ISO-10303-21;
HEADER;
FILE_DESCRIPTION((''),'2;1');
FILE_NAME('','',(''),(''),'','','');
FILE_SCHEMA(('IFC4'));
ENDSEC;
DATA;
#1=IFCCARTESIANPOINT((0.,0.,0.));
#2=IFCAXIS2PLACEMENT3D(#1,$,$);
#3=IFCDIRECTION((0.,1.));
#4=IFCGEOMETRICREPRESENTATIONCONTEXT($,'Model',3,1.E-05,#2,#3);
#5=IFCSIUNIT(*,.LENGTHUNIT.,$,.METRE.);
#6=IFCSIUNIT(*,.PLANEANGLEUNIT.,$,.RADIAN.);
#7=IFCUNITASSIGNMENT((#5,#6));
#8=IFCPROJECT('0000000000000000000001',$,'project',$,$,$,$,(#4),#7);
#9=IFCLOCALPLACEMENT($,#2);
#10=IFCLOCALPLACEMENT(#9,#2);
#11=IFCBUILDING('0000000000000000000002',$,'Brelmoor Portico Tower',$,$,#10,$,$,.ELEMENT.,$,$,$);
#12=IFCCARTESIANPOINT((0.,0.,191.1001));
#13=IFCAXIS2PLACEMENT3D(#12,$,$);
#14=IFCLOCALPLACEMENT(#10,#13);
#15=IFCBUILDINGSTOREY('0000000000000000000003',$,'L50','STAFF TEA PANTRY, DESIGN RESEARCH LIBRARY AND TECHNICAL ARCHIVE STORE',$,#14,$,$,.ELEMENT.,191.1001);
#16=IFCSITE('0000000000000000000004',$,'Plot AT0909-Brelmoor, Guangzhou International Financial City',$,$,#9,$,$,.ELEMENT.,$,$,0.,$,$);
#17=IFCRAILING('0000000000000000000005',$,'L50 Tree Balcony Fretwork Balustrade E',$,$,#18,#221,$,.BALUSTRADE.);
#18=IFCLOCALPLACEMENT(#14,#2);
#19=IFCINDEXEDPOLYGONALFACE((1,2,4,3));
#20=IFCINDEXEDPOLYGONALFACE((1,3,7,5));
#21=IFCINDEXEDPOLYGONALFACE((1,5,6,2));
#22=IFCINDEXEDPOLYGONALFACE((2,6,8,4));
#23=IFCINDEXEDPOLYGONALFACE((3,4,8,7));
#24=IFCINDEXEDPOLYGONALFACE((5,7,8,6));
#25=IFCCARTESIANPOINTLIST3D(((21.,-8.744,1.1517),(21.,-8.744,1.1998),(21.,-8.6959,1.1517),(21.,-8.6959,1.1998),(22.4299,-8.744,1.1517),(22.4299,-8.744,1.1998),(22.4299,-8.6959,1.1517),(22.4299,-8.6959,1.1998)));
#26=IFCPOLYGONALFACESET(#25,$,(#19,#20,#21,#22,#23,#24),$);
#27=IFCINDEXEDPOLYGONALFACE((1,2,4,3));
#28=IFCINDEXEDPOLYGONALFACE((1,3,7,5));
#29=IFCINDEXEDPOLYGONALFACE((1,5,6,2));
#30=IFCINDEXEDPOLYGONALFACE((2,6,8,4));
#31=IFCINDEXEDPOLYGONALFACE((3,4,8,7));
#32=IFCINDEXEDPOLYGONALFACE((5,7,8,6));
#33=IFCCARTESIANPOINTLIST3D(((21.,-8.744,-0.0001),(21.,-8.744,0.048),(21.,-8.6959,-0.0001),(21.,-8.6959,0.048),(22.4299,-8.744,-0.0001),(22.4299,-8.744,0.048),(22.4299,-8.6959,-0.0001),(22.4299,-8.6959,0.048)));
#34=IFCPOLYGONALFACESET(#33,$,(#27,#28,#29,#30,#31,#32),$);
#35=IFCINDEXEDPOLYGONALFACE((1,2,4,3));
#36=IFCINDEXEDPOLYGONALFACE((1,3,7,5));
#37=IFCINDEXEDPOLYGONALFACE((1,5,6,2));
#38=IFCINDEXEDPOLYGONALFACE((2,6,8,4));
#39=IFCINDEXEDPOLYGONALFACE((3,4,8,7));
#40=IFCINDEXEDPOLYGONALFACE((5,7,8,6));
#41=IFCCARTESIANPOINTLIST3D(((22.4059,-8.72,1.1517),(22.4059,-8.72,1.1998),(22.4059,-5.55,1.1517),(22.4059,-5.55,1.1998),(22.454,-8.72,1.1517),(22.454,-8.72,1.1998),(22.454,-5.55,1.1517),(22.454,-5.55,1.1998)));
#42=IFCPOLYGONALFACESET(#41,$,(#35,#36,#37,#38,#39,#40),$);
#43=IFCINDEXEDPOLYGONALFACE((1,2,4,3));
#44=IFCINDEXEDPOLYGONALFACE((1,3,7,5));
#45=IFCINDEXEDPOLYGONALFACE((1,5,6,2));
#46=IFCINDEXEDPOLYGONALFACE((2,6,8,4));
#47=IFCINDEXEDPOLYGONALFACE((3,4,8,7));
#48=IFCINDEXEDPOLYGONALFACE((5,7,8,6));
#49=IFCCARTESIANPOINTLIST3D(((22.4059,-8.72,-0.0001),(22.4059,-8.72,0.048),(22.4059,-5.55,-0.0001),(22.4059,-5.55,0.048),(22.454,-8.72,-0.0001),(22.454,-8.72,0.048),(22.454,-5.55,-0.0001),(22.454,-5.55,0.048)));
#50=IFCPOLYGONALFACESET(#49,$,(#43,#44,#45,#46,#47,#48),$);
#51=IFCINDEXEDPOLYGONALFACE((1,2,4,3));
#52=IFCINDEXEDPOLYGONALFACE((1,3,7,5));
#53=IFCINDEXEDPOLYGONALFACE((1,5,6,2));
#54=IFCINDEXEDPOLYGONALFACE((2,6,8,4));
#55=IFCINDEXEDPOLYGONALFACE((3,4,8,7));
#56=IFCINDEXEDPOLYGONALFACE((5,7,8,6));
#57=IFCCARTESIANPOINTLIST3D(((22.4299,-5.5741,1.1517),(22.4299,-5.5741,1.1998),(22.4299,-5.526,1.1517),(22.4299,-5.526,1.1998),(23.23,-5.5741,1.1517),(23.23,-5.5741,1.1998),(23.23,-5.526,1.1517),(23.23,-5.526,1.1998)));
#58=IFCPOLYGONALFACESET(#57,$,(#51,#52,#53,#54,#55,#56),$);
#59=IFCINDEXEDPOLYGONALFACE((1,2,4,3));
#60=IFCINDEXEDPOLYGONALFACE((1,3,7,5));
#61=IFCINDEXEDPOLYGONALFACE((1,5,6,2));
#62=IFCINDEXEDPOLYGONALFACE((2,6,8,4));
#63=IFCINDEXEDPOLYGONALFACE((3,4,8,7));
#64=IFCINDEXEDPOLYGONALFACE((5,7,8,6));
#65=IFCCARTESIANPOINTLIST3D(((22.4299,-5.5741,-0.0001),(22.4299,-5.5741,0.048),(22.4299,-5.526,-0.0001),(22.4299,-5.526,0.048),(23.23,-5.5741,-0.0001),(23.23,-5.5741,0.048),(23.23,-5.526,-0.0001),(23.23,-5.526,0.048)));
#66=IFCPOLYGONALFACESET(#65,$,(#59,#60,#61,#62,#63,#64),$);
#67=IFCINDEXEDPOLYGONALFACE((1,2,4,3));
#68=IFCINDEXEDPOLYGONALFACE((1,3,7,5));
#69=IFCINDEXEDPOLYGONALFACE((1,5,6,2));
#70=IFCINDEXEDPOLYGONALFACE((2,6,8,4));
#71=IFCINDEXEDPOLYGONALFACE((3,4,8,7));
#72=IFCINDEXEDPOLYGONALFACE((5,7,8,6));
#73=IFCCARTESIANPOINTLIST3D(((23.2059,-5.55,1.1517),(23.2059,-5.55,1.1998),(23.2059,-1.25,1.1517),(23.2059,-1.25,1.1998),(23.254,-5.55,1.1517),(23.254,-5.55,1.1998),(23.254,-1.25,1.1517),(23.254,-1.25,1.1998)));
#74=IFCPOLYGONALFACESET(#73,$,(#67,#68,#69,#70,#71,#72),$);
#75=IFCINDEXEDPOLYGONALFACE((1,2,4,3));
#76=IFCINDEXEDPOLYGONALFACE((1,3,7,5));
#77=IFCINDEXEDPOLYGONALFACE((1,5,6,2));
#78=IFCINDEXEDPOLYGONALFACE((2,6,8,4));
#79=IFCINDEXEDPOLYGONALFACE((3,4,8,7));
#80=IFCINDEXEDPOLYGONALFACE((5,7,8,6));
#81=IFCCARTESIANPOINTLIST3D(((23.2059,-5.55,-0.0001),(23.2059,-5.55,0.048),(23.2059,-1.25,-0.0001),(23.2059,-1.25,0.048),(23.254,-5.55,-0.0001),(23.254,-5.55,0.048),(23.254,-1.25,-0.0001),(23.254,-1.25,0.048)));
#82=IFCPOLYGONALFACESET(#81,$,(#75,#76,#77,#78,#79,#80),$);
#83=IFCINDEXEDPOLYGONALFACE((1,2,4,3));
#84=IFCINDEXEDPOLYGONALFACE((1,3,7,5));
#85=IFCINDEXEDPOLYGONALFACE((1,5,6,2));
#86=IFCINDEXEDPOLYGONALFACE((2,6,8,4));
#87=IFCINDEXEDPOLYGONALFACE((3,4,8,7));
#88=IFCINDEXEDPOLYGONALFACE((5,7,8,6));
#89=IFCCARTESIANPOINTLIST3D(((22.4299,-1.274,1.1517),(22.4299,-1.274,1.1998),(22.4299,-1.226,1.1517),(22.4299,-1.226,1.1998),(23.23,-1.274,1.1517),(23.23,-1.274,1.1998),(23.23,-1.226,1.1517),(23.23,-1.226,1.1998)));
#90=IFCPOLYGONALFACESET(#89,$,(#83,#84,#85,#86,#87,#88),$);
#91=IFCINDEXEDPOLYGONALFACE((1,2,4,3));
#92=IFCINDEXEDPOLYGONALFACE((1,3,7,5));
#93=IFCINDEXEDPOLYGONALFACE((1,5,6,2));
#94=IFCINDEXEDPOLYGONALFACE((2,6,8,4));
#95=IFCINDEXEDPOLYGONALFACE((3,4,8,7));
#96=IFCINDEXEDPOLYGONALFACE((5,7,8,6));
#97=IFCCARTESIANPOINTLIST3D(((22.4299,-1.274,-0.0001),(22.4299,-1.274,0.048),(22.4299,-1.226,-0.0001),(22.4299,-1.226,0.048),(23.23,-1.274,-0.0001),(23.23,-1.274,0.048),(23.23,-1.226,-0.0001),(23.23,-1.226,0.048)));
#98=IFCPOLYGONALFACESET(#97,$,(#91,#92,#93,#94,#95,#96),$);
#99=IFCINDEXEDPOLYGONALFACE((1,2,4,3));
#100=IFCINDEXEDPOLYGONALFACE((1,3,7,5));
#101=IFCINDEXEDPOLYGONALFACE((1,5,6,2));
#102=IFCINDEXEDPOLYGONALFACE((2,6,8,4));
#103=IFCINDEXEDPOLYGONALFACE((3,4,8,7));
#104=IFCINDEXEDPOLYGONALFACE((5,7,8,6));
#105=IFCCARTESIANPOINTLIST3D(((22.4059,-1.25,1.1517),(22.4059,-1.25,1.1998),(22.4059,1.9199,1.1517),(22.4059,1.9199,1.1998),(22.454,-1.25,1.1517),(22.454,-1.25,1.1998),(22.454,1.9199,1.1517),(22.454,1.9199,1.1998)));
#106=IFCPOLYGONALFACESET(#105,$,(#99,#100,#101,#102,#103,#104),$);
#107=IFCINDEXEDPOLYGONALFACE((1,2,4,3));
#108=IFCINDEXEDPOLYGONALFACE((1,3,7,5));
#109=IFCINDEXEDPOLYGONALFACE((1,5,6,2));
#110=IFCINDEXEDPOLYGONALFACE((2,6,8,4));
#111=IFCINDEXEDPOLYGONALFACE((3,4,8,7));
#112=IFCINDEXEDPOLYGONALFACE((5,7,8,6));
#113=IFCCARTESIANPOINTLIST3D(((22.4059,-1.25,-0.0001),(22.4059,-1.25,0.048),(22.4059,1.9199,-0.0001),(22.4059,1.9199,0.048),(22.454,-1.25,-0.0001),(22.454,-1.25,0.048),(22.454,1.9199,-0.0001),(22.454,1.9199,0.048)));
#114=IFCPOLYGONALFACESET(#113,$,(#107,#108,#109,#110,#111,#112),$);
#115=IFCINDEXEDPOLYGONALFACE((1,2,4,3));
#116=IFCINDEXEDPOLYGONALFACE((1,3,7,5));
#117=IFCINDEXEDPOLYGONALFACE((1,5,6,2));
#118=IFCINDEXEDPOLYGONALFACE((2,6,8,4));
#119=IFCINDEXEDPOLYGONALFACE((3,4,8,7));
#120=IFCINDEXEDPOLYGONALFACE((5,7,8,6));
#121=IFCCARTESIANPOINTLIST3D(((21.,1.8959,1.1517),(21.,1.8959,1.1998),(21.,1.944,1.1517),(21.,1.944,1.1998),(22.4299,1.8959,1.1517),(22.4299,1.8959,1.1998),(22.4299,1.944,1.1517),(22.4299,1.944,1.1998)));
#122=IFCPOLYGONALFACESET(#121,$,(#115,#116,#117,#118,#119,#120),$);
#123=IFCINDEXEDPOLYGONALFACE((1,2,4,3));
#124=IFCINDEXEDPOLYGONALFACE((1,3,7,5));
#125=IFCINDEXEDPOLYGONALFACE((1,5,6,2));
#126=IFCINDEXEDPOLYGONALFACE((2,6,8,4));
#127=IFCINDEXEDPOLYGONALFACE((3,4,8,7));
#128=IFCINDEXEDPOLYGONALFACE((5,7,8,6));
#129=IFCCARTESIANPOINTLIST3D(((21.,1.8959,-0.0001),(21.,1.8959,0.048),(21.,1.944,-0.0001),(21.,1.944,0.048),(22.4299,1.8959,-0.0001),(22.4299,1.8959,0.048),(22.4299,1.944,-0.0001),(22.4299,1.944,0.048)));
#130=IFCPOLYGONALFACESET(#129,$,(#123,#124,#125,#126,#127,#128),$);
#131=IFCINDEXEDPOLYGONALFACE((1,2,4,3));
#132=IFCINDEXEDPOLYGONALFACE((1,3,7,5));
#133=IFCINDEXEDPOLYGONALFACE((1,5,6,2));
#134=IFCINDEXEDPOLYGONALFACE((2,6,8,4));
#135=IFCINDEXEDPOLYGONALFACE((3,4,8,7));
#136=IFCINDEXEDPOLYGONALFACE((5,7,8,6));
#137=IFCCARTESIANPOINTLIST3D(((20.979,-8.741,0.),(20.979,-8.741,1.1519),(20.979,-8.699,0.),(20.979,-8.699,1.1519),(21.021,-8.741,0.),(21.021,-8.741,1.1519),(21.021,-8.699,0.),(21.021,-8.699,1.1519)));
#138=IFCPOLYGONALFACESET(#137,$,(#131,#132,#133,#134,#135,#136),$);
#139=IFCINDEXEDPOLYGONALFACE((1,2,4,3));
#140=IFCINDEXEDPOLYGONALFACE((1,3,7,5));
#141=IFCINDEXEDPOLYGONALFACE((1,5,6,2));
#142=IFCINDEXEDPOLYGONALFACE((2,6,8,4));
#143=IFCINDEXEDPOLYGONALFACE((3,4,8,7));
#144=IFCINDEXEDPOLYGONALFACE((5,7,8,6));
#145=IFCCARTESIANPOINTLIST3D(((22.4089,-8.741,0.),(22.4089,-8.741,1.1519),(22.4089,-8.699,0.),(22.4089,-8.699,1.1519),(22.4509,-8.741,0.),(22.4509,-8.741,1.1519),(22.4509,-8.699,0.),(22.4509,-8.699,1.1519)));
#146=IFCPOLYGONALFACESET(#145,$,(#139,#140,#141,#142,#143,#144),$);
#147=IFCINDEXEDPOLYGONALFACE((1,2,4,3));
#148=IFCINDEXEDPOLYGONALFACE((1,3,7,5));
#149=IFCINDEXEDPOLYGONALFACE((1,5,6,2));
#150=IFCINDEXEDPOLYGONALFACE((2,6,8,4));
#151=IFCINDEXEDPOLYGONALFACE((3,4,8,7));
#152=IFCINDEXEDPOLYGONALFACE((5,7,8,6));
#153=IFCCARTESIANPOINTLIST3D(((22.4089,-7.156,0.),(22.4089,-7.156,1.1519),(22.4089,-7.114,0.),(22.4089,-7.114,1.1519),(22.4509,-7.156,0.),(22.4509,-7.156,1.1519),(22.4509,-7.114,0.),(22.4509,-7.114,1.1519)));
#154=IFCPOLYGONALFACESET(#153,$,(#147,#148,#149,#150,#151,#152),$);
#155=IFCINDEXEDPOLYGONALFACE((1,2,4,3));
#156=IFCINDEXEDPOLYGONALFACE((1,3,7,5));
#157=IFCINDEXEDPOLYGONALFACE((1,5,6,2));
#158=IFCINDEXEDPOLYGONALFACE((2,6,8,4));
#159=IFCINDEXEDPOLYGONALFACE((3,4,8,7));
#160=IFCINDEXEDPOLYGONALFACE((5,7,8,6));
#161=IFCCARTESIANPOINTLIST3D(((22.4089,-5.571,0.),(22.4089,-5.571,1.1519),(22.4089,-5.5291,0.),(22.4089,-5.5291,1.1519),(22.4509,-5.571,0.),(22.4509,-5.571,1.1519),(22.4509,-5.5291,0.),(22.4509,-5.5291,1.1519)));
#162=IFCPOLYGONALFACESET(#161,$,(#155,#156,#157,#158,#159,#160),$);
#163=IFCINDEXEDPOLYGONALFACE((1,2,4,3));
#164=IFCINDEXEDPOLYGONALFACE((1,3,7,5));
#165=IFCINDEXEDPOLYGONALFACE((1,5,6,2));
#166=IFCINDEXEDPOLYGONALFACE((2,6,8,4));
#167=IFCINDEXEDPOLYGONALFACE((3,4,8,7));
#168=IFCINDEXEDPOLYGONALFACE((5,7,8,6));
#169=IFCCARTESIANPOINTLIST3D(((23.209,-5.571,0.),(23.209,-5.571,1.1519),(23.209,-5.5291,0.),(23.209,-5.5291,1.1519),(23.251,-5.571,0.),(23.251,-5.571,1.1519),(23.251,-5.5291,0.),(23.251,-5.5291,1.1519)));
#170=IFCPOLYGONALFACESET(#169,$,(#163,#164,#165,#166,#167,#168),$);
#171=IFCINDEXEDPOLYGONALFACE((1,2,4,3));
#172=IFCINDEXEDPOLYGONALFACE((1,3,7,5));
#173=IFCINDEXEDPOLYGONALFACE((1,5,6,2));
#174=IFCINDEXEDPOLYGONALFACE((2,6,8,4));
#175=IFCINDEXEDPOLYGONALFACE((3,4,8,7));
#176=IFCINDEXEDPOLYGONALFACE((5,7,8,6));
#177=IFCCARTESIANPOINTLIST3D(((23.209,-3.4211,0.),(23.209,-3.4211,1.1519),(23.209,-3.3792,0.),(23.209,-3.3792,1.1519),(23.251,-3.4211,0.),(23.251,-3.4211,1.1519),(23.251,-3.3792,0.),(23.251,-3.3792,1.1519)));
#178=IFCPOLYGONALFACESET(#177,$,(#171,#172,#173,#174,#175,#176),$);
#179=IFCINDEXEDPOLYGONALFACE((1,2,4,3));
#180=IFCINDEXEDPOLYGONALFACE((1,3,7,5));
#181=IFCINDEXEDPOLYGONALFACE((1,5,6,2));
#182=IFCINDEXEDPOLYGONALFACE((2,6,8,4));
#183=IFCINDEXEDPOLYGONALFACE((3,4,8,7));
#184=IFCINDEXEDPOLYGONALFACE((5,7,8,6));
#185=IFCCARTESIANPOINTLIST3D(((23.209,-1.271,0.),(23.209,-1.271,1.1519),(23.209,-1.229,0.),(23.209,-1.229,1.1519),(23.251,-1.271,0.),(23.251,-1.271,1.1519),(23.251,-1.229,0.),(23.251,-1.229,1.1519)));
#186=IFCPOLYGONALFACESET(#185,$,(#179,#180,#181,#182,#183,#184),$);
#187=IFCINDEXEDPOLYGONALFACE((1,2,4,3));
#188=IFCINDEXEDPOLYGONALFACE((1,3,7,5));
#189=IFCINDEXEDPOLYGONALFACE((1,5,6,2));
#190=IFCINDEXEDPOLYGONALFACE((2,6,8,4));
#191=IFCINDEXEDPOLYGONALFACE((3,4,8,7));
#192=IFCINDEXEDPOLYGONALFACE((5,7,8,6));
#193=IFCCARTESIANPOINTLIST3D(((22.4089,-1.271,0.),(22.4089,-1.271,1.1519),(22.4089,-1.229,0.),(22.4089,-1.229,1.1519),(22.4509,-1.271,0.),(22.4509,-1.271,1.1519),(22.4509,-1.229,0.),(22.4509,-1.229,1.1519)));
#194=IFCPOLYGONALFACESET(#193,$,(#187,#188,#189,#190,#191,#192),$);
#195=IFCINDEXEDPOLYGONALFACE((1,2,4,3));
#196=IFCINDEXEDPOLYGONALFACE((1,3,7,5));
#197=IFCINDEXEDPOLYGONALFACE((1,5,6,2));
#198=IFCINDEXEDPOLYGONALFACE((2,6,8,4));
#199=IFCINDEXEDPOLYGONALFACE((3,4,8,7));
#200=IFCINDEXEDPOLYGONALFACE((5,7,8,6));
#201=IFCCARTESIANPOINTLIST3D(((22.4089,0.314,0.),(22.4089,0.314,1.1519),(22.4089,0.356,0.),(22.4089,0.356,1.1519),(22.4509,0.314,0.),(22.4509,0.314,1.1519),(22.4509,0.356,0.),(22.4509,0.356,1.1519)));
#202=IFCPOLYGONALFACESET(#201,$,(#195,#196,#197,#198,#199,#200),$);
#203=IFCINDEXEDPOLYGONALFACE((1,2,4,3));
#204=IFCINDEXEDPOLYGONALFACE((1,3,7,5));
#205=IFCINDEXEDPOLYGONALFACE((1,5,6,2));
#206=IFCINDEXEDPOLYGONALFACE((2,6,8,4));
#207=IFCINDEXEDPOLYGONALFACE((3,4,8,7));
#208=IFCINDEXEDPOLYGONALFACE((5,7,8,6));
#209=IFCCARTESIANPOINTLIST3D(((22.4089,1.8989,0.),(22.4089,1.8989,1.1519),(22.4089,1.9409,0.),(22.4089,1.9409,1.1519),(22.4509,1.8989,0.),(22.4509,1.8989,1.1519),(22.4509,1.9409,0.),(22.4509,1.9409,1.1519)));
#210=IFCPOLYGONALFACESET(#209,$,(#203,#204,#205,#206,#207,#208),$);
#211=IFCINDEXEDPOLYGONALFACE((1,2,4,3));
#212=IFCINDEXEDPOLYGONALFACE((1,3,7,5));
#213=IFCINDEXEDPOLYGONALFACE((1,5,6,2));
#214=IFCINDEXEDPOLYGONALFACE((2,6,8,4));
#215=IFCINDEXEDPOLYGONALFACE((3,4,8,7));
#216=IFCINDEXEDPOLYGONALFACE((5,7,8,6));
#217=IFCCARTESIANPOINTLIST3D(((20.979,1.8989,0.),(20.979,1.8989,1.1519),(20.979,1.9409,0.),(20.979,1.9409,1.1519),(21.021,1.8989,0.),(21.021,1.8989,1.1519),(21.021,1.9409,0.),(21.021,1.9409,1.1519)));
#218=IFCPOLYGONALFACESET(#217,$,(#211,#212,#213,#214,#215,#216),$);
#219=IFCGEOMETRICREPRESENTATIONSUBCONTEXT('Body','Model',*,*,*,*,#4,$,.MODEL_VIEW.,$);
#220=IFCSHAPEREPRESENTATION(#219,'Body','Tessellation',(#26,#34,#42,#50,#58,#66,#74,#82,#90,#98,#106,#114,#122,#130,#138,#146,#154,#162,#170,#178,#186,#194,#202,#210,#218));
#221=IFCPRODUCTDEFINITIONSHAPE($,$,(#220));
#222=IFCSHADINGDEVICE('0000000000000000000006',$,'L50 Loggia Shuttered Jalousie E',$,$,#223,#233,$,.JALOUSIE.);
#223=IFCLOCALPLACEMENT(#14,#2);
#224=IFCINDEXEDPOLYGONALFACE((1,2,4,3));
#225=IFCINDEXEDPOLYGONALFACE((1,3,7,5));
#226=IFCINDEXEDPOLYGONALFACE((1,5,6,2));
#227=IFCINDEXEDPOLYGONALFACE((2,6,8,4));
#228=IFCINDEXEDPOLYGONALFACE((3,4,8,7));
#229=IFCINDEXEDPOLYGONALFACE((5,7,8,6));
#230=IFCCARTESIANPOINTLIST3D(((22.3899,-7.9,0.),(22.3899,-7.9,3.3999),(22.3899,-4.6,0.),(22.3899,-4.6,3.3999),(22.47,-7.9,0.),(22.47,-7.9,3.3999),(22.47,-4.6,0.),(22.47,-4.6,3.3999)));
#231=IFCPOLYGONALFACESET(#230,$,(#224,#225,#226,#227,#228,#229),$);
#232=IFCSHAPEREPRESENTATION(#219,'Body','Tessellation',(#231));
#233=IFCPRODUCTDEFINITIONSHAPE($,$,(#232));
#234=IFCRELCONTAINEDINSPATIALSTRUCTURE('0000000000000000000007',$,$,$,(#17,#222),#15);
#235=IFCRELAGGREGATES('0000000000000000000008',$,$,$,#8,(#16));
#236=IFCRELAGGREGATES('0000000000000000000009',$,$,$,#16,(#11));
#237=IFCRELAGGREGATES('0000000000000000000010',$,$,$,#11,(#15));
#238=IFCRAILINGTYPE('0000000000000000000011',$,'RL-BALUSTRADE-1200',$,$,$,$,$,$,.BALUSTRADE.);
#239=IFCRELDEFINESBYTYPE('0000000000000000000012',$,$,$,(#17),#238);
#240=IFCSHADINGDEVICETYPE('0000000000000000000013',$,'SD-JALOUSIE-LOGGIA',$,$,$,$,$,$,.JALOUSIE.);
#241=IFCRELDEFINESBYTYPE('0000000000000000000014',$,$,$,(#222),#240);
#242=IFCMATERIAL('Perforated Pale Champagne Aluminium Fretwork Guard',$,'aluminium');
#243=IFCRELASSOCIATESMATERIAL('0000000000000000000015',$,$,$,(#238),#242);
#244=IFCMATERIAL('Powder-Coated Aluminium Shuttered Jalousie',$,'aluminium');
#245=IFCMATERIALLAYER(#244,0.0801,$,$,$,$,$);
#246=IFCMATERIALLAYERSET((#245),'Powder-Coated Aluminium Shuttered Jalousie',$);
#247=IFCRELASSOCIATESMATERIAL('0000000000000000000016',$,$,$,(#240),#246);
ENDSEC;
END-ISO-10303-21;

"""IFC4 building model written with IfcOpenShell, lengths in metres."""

from ifc_helpers import new_model, si_unit, direction, frame, origin, origin_2d, place, context, subcontext, project, spatial, rectangle, extrude, material, layer, layer_set, type_object, element, save


model = new_model("IFC4")

# Units and contexts
model_context = context("Model", 3, precision=1e-05, world=origin(), true_north=direction((0.0, 1.0)))
body_context = subcontext(model_context, "Body", "Model", "MODEL_VIEW")
ifc_project = project(units=[si_unit("LENGTHUNIT", "METRE"), si_unit("PLANEANGLEUNIT", "RADIAN")], contexts=[model_context])

# Site, building, storey
site_placement = place(None, origin())
site = spatial("IfcSite", under=ifc_project, at=site_placement, Name="Plot AT0909-Brelmoor, Guangzhou International Financial City", CompositionType="ELEMENT", RefElevation=0.0)
building_placement = place(site_placement, origin())
building = spatial("IfcBuilding", under=site, at=building_placement, Name="Brelmoor Portico Tower", CompositionType="ELEMENT")
storey_placement = place(building_placement, frame((0.0, 0.0, 191.1001)))
storey = spatial("IfcBuildingStorey", under=building, at=storey_placement, Name="L50", Description="STAFF TEA PANTRY, DESIGN RESEARCH LIBRARY AND TECHNICAL ARCHIVE STORE", CompositionType="ELEMENT", Elevation=191.1001)

# Railing
ifc_material_1 = material(Name="Perforated Pale Champagne Aluminium Fretwork Guard", Category="aluminium")
railing_type = type_object("IfcRailingType", Name="RL-BALUSTRADE-1200", PredefinedType="BALUSTRADE", material=ifc_material_1)
railing_placement = place(storey_placement, frame((21.0, -8.72, 0.0)))
element("IfcRailing", 1, at=railing_placement, inside=storey, type_object=railing_type, Name="L50 Tree Balcony Fretwork Balustrade E", PredefinedType="BALUSTRADE", context=body_context, shape_type="SweptSolid", body=[
    extrude(rectangle(XDim=0.0481, YDim=0.0481, at=origin_2d()), frame((0.0, 0.0, 1.1758), z_axis=(1.0, 0.0, 0.0), x_axis=(0.0, 1.0, 0.0)), (0.0, 0.0, 1.0), 1.4299),
    extrude(rectangle(XDim=0.0481, YDim=0.0481, at=origin_2d()), frame((0.0, 0.0, 0.0239), z_axis=(1.0, 0.0, 0.0), x_axis=(0.0, 1.0, 0.0)), (0.0, 0.0, 1.0), 1.4299),
    extrude(rectangle(XDim=0.0481, YDim=0.0481, at=origin_2d()), frame((1.4299, 0.0, 1.1758), z_axis=(0.0, 1.0, 0.0), x_axis=(-1.0, 0.0, 0.0)), (0.0, 0.0, 1.0), 3.1699),
    extrude(rectangle(XDim=0.0481, YDim=0.0481, at=origin_2d()), frame((1.4299, 0.0, 0.0239), z_axis=(0.0, 1.0, 0.0), x_axis=(-1.0, 0.0, 0.0)), (0.0, 0.0, 1.0), 3.1699),
    extrude(rectangle(XDim=0.0481, YDim=0.0481, at=origin_2d()), frame((1.4299, 3.1699, 1.1758), z_axis=(1.0, 0.0, 0.0), x_axis=(0.0, 1.0, 0.0)), (0.0, 0.0, 1.0), 0.8),
    extrude(rectangle(XDim=0.0481, YDim=0.0481, at=origin_2d()), frame((1.4299, 3.1699, 0.0239), z_axis=(1.0, 0.0, 0.0), x_axis=(0.0, 1.0, 0.0)), (0.0, 0.0, 1.0), 0.8),
    extrude(rectangle(XDim=0.0481, YDim=0.0481, at=origin_2d()), frame((2.23, 3.1699, 1.1758), z_axis=(0.0, 1.0, 0.0), x_axis=(-1.0, 0.0, 0.0)), (0.0, 0.0, 1.0), 4.3),
    extrude(rectangle(XDim=0.0481, YDim=0.0481, at=origin_2d()), frame((2.23, 3.1699, 0.0239), z_axis=(0.0, 1.0, 0.0), x_axis=(-1.0, 0.0, 0.0)), (0.0, 0.0, 1.0), 4.3),
    extrude(rectangle(XDim=0.0481, YDim=0.0481, at=origin_2d()), frame((2.23, 7.47, 1.1758), z_axis=(-1.0, 0.0, 0.0), x_axis=(0.0, -1.0, 0.0)), (0.0, 0.0, 1.0), 0.8),
    extrude(rectangle(XDim=0.0481, YDim=0.0481, at=origin_2d()), frame((2.23, 7.47, 0.0239), z_axis=(-1.0, 0.0, 0.0), x_axis=(0.0, -1.0, 0.0)), (0.0, 0.0, 1.0), 0.8),
    extrude(rectangle(XDim=0.0481, YDim=0.0481, at=origin_2d()), frame((1.4299, 7.47, 1.1758), z_axis=(0.0, 1.0, 0.0), x_axis=(-1.0, 0.0, 0.0)), (0.0, 0.0, 1.0), 3.1699),
    extrude(rectangle(XDim=0.0481, YDim=0.0481, at=origin_2d()), frame((1.4299, 7.47, 0.0239), z_axis=(0.0, 1.0, 0.0), x_axis=(-1.0, 0.0, 0.0)), (0.0, 0.0, 1.0), 3.1699),
    extrude(rectangle(XDim=0.0481, YDim=0.0481, at=origin_2d()), frame((1.4299, 10.6399, 1.1758), z_axis=(-1.0, 0.0, 0.0), x_axis=(0.0, -1.0, 0.0)), (0.0, 0.0, 1.0), 1.4299),
    extrude(rectangle(XDim=0.0481, YDim=0.0481, at=origin_2d()), frame((1.4299, 10.6399, 0.0239), z_axis=(-1.0, 0.0, 0.0), x_axis=(0.0, -1.0, 0.0)), (0.0, 0.0, 1.0), 1.4299),
    extrude(rectangle(XDim=0.042, YDim=0.042, at=origin_2d()), origin(), (0.0, 0.0, 1.0), 1.1519),
    extrude(rectangle(XDim=0.042, YDim=0.042, at=origin_2d()), frame((1.4299, 0.0, 0.0)), (0.0, 0.0, 1.0), 1.1519),
    extrude(rectangle(XDim=0.042, YDim=0.042, at=origin_2d()), frame((1.4299, 1.585, 0.0)), (0.0, 0.0, 1.0), 1.1519),
    extrude(rectangle(XDim=0.042, YDim=0.042, at=origin_2d()), frame((1.4299, 3.1699, 0.0)), (0.0, 0.0, 1.0), 1.1519),
    extrude(rectangle(XDim=0.042, YDim=0.042, at=origin_2d()), frame((2.23, 3.1699, 0.0)), (0.0, 0.0, 1.0), 1.1519),
    extrude(rectangle(XDim=0.042, YDim=0.042, at=origin_2d()), frame((2.23, 5.3198, 0.0)), (0.0, 0.0, 1.0), 1.1519),
    extrude(rectangle(XDim=0.042, YDim=0.042, at=origin_2d()), frame((2.23, 7.47, 0.0)), (0.0, 0.0, 1.0), 1.1519),
    extrude(rectangle(XDim=0.042, YDim=0.042, at=origin_2d()), frame((1.4299, 7.47, 0.0)), (0.0, 0.0, 1.0), 1.1519),
    extrude(rectangle(XDim=0.042, YDim=0.042, at=origin_2d()), frame((1.4299, 9.0549, 0.0)), (0.0, 0.0, 1.0), 1.1519),
    extrude(rectangle(XDim=0.042, YDim=0.042, at=origin_2d()), frame((1.4299, 10.6399, 0.0)), (0.0, 0.0, 1.0), 1.1519),
    extrude(rectangle(XDim=0.042, YDim=0.042, at=origin_2d()), frame((0.0, 10.6399, 0.0)), (0.0, 0.0, 1.0), 1.1519),
])

# Shading device
ifc_material_2 = material(Name="Powder-Coated Aluminium Shuttered Jalousie", Category="aluminium")
ifc_layer_1 = layer(ifc_material_2, 0.0801)
ifc_layer_set_1 = layer_set([ifc_layer_1], Name="Powder-Coated Aluminium Shuttered Jalousie")
shading_device_type = type_object("IfcShadingDeviceType", Name="SD-JALOUSIE-LOGGIA", PredefinedType="JALOUSIE", material=ifc_layer_set_1)
shading_device_placement = place(storey_placement, frame((22.4299, -6.25, 0.0), z_axis=(0.0, 0.0, 1.0), x_axis=(0.0, 1.0, 0.0)))
element("IfcShadingDevice", 2, at=shading_device_placement, inside=storey, type_object=shading_device_type, Name="L50 Loggia Shuttered Jalousie E", PredefinedType="JALOUSIE", context=body_context, shape_type="SweptSolid", body=[
    extrude(rectangle(XDim=3.3, YDim=0.0801, at=origin_2d()), origin(), (0.0, 0.0, 1.0), 3.3999),
])

save(model, "model.ifc")
